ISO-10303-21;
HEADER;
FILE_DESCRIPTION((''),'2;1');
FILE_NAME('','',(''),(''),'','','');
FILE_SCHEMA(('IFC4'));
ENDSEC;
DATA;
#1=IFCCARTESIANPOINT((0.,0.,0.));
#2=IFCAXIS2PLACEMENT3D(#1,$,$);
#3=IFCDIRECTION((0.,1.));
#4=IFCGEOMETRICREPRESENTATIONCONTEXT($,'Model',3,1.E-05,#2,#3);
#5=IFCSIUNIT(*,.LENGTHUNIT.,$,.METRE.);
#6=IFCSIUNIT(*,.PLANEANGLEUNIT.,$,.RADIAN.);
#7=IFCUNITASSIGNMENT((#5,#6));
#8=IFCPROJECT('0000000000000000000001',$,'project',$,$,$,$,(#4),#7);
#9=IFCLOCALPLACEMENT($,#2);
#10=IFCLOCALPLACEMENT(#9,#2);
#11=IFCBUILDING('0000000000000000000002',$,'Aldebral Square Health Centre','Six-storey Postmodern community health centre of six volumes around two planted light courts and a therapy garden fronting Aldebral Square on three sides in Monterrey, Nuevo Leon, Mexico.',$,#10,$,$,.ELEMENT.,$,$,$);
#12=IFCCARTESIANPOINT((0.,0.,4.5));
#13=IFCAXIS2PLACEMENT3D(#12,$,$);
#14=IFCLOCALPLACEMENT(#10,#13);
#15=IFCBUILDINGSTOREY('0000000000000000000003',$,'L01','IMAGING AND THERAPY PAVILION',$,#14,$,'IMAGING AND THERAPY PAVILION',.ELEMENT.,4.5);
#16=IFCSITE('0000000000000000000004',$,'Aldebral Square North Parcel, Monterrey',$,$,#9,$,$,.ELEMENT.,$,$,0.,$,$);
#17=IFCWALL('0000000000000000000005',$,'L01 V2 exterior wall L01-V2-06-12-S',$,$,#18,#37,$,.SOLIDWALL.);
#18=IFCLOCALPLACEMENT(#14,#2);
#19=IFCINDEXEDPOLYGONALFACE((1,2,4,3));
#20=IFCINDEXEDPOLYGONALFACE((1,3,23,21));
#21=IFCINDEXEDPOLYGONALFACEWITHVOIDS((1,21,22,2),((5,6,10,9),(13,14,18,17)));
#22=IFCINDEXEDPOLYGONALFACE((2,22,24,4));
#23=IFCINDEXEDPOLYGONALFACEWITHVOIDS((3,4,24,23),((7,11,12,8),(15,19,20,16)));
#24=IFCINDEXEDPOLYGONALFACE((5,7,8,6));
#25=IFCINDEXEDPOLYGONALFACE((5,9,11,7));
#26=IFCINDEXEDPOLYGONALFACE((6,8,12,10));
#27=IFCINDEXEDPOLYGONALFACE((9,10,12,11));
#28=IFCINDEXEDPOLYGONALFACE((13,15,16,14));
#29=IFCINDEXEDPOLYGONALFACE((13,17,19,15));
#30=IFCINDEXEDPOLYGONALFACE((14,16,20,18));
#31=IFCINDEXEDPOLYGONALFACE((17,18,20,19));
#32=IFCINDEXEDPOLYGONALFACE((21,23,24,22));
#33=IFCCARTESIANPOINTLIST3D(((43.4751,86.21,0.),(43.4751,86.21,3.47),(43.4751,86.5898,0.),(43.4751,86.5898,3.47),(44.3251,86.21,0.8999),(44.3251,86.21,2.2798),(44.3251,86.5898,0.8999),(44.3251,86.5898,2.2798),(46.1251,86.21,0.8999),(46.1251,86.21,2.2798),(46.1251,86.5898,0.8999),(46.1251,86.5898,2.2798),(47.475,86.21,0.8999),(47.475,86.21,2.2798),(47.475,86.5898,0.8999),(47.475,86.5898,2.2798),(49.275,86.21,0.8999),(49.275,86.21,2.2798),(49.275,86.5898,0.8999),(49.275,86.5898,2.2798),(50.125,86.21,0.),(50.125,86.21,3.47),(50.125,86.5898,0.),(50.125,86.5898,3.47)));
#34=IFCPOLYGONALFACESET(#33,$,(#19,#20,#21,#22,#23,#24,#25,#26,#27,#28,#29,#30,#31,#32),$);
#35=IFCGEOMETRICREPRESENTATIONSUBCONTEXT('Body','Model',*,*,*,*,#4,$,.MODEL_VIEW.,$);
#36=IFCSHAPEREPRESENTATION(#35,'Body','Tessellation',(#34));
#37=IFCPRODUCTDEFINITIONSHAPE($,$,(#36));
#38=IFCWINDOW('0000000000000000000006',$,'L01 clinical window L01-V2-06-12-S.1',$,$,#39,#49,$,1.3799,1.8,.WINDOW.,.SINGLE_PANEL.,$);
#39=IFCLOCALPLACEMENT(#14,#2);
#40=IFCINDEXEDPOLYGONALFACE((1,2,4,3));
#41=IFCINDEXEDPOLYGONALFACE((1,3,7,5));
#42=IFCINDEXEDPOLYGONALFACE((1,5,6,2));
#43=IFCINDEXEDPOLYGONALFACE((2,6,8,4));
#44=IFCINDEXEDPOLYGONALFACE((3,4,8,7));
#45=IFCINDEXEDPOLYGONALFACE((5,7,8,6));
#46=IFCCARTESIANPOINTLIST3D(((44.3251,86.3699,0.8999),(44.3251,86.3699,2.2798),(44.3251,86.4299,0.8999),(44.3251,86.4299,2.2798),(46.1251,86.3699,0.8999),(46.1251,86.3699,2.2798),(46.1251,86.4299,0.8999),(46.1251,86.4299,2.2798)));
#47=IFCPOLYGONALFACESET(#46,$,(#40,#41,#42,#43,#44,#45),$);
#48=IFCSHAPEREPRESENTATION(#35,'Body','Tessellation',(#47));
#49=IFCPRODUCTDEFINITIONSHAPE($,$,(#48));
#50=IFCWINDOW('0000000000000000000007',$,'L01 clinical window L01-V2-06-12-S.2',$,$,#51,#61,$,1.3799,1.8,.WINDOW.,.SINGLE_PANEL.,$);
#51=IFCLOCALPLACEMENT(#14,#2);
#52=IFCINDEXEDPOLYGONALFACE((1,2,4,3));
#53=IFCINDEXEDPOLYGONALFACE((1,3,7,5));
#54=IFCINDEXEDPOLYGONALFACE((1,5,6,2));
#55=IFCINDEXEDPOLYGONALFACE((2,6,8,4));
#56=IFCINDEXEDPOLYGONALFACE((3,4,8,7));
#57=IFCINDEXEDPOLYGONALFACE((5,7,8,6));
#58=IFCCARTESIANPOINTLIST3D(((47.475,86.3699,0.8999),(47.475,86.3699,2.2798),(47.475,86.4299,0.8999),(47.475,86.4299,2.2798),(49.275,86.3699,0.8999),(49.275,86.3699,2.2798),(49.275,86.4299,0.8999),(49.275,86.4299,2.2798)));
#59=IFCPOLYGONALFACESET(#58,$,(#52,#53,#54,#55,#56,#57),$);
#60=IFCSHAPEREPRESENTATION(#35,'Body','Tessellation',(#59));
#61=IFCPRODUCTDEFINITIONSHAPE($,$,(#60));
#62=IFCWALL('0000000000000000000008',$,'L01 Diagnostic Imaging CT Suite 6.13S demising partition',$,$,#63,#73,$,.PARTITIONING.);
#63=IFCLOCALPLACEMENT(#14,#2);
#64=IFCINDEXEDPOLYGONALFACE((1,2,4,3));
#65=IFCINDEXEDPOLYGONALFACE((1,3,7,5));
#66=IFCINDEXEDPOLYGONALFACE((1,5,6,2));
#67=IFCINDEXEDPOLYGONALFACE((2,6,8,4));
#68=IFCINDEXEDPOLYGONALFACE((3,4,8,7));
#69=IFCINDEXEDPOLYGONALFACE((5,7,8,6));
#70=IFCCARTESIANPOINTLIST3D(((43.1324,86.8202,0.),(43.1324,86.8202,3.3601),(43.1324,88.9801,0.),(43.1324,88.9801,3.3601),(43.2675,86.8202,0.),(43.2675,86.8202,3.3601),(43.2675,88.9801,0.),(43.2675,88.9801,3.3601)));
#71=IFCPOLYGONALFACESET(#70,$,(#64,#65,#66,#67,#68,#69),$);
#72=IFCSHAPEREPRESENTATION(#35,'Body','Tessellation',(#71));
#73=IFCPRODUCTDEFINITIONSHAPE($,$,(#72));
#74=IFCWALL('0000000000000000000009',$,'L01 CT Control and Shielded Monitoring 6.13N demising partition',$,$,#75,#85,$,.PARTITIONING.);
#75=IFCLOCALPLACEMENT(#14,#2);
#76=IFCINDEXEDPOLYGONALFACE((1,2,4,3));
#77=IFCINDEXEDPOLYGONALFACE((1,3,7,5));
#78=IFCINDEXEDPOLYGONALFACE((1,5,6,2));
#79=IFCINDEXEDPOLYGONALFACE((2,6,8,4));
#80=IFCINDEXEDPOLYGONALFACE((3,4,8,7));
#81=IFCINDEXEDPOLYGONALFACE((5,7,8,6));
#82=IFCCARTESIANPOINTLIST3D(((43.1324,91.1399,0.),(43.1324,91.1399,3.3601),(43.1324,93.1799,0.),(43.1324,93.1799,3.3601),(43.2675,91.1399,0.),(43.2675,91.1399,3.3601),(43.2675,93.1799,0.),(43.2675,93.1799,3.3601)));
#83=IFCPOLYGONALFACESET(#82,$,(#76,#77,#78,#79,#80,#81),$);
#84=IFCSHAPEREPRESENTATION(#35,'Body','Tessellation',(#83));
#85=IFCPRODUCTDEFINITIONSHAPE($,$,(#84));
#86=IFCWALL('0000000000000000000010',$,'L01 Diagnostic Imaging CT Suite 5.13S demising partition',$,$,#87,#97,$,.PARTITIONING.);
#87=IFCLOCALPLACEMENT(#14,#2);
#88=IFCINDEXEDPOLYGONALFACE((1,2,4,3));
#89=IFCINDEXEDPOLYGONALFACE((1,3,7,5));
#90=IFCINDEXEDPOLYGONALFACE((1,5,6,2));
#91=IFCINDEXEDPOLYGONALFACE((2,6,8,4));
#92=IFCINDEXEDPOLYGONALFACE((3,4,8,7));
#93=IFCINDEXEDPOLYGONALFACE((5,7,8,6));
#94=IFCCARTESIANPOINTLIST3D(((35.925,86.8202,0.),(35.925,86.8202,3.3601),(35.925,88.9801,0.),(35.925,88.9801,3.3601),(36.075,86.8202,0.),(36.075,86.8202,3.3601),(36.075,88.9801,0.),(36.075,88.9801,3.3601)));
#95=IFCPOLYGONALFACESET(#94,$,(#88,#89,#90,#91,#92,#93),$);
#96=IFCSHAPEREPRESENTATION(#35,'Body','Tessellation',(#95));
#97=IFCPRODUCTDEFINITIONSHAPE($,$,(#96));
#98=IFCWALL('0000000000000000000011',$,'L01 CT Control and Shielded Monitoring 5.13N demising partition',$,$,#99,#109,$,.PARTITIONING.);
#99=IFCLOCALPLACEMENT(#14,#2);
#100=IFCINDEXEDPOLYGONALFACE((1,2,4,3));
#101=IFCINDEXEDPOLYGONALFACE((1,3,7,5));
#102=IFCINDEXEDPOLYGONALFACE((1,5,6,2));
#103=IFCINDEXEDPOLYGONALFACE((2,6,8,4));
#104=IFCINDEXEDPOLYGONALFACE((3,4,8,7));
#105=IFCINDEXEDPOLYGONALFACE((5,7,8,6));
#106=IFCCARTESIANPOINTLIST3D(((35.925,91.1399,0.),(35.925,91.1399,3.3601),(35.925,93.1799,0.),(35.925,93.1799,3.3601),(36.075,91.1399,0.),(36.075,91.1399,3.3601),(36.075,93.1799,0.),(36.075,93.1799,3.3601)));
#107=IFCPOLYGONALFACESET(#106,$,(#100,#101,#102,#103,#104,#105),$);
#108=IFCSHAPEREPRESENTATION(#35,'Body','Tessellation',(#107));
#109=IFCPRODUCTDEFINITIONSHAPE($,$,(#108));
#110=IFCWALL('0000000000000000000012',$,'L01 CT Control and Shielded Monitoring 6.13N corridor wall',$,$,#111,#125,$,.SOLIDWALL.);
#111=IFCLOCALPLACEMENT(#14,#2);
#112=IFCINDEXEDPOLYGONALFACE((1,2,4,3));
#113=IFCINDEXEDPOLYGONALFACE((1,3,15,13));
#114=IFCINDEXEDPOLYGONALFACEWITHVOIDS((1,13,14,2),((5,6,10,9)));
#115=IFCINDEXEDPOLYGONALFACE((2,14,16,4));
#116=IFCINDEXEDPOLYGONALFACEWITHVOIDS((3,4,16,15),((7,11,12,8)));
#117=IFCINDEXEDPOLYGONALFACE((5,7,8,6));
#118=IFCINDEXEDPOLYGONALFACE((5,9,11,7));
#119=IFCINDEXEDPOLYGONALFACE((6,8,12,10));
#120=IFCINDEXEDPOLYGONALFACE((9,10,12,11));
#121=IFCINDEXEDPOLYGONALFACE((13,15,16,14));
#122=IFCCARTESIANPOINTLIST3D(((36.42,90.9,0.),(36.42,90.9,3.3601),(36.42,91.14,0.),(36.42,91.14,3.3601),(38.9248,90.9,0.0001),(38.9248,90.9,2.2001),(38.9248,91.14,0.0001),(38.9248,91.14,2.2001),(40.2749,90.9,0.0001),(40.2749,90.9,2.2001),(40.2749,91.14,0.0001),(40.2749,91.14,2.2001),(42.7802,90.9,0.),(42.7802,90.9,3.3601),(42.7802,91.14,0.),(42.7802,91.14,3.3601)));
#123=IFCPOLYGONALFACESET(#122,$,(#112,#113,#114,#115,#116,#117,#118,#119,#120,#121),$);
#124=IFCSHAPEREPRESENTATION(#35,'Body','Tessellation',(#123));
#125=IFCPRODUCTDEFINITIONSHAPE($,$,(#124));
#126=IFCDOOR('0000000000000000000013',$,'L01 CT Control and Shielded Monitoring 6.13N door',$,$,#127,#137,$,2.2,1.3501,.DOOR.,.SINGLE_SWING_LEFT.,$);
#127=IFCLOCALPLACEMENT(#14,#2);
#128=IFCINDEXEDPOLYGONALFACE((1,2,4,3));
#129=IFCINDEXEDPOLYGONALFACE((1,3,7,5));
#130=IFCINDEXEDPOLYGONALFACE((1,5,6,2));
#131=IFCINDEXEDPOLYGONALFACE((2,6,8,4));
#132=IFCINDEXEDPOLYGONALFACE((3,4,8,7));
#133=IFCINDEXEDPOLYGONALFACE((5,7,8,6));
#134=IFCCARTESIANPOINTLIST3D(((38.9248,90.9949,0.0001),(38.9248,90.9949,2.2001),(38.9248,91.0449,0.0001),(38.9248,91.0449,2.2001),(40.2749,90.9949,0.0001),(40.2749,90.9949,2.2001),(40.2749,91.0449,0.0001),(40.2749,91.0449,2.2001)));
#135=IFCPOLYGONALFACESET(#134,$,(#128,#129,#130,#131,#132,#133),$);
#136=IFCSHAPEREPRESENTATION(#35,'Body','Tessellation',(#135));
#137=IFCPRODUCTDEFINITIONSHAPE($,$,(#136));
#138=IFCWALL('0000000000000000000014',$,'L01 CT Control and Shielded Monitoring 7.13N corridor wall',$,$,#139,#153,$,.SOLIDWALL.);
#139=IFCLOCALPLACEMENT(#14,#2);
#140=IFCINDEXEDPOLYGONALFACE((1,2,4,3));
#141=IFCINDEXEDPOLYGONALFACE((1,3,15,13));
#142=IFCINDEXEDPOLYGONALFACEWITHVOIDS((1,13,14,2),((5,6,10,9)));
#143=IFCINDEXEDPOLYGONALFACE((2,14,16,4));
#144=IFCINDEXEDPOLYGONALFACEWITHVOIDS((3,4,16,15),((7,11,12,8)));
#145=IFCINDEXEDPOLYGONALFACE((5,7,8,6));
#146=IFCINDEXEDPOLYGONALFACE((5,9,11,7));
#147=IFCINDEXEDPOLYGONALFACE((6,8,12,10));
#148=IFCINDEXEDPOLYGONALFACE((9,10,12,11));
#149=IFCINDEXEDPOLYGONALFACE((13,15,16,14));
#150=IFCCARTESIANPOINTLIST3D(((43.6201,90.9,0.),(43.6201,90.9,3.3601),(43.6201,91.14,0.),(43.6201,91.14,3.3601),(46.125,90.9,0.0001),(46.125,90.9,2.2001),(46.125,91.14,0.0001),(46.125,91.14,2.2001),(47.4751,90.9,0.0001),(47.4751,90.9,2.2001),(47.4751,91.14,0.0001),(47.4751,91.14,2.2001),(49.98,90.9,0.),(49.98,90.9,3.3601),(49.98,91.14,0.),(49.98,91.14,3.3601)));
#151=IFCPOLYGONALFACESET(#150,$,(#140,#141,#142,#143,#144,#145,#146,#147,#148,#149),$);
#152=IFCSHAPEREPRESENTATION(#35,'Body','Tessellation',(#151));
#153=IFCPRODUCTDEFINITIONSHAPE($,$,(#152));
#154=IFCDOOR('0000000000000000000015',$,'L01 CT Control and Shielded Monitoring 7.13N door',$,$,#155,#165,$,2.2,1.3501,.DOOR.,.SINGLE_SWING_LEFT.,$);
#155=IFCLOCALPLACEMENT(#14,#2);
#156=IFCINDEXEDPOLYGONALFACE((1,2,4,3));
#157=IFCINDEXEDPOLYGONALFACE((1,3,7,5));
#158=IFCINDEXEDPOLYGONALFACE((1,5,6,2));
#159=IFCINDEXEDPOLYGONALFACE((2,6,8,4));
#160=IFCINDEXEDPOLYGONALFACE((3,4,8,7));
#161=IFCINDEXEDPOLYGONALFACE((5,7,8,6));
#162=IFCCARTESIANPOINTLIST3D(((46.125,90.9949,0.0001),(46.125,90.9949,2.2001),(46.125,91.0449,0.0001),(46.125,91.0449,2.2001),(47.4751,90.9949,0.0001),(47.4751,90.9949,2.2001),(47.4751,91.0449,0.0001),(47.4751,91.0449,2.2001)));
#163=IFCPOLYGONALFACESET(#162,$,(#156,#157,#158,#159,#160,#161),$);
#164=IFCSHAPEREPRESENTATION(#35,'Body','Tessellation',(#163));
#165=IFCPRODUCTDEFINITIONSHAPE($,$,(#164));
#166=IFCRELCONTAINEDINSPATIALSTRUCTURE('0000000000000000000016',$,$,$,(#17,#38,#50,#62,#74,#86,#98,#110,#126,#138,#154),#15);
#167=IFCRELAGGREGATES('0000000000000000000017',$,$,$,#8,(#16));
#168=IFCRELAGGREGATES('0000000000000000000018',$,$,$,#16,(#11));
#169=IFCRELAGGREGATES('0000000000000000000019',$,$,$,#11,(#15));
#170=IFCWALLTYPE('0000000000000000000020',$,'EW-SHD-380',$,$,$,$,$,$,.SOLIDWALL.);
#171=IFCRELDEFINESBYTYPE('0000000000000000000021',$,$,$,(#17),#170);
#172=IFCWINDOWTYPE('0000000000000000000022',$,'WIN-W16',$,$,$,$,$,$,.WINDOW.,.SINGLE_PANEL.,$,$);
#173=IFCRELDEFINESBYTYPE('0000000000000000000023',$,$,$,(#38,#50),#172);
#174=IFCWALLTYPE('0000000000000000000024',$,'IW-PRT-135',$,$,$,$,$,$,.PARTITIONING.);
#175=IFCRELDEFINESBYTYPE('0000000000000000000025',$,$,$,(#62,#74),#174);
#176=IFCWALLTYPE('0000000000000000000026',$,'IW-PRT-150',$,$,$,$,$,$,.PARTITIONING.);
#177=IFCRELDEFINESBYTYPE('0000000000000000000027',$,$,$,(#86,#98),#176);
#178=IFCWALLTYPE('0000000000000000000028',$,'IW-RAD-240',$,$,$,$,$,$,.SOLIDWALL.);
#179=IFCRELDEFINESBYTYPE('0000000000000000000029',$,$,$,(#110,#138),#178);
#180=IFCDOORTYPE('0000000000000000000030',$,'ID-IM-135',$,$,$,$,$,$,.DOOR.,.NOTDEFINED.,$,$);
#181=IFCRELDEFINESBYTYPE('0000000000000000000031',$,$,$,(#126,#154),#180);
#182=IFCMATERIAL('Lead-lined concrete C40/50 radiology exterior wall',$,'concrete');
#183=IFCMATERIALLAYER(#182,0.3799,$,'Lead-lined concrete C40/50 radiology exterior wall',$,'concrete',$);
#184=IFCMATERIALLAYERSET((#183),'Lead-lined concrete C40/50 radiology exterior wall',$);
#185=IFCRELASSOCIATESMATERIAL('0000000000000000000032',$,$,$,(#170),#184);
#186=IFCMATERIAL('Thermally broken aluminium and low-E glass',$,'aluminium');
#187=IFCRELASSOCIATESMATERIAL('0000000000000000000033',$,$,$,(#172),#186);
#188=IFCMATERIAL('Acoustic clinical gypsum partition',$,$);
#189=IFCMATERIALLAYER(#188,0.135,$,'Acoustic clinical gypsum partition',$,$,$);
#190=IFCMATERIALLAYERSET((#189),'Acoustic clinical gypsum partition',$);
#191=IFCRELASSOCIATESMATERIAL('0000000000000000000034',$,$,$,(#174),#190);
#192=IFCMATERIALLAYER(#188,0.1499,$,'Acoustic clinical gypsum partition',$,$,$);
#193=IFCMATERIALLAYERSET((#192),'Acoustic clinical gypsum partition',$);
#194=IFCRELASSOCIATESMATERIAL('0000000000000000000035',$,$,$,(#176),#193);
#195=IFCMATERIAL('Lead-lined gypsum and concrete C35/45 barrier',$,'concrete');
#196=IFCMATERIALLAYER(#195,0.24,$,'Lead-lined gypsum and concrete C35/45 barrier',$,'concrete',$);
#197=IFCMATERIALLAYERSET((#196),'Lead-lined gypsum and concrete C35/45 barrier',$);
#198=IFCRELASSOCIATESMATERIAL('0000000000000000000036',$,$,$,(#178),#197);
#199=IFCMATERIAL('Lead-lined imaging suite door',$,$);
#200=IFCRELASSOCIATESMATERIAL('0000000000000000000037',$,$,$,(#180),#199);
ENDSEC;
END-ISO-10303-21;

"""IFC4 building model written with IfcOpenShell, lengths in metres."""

from ifc_helpers import new_model, si_unit, direction, frame, frame_2d, origin, place, context, subcontext, project, spatial, rectangle, extrude, material, layer, layer_set, type_object, element, fill, save


model = new_model("IFC4")

# Units and contexts
model_context = context("Model", 3, precision=1e-05, world=origin(), true_north=direction((0.0, 1.0)))
body_context = subcontext(model_context, "Body", "Model", "MODEL_VIEW")
ifc_project = project(units=[si_unit("LENGTHUNIT", "METRE"), si_unit("PLANEANGLEUNIT", "RADIAN")], contexts=[model_context])

# Site, building, storey
site_placement = place(None, origin())
site = spatial("IfcSite", under=ifc_project, at=site_placement, Name="Aldebral Square North Parcel, Monterrey", CompositionType="ELEMENT", RefElevation=0.0)
building_placement = place(site_placement, origin())
building = spatial("IfcBuilding", under=site, at=building_placement, Name="Aldebral Square Health Centre", Description="Six-storey Postmodern community health centre of six volumes around two planted light courts and a therapy garden fronting Aldebral Square on three sides in Monterrey, Nuevo Leon, Mexico.", CompositionType="ELEMENT")
storey_placement = place(building_placement, frame((0.0, 0.0, 4.5)))
storey = spatial("IfcBuildingStorey", under=building, at=storey_placement, Name="L01", Description="IMAGING AND THERAPY PAVILION", LongName="IMAGING AND THERAPY PAVILION", CompositionType="ELEMENT", Elevation=4.5)

# Wall, openings, windows
ifc_material_1 = material(Name="Lead-lined concrete C40/50 radiology exterior wall", Category="concrete")
ifc_layer_1 = layer(ifc_material_1, 0.3799, Name="Lead-lined concrete C40/50 radiology exterior wall", Category="concrete")
ifc_layer_set_1 = layer_set([ifc_layer_1], Name="Lead-lined concrete C40/50 radiology exterior wall")
wall_type_1 = type_object("IfcWallType", Name="EW-SHD-380", PredefinedType="SOLIDWALL", material=ifc_layer_set_1)
ifc_material_2 = material(Name="Thermally broken aluminium and low-E glass", Category="aluminium")
wall_1_placement = place(storey_placement, frame((43.4751, 86.3999, 0.0), z_axis=(0.0, 0.0, 1.0), x_axis=(1.0, 0.0, 0.0)))
wall_1 = element("IfcWall", 1, at=wall_1_placement, inside=storey, type_object=wall_type_1, Name="L01 V2 exterior wall L01-V2-06-12-S", PredefinedType="SOLIDWALL", context=body_context, shape_type="SweptSolid", body=[
    extrude(rectangle(XDim=6.6499, YDim=0.3799, at=frame_2d((3.325, 0.0))), origin(), (0.0, 0.0, 1.0), 3.47),
])
opening_1_placement = place(wall_1_placement, frame((0.8501, 0.0, 0.8999)))
opening_1 = element("IfcOpeningElement", 2, at=opening_1_placement, cuts=wall_1, PredefinedType="OPENING", context=body_context, shape_type="SweptSolid", body=[
    extrude(rectangle(XDim=1.8, YDim=1.3799, at=frame_2d((0.8999, 0.6899))), frame((0.0, 0.2, 0.0), z_axis=(0.0, -1.0, 0.0), x_axis=(1.0, 0.0, 0.0)), (0.0, 0.0, 1.0), 0.3999),
])
opening_2_placement = place(wall_1_placement, frame((4.0, 0.0, 0.8999)))
opening_2 = element("IfcOpeningElement", 3, at=opening_2_placement, cuts=wall_1, PredefinedType="OPENING", context=body_context, shape_type="SweptSolid", body=[
    extrude(rectangle(XDim=1.8, YDim=1.3799, at=frame_2d((0.8999, 0.6899))), frame((0.0, 0.2, 0.0), z_axis=(0.0, -1.0, 0.0), x_axis=(1.0, 0.0, 0.0)), (0.0, 0.0, 1.0), 0.3999),
])
window_type_1 = type_object("IfcWindowType", Name="WIN-W16", PartitioningType="SINGLE_PANEL", PredefinedType="WINDOW", material=ifc_material_2)
window_1_placement = place(opening_1_placement, origin())
window_1 = element("IfcWindow", 4, at=window_1_placement, inside=storey, type_object=window_type_1, Name="L01 clinical window L01-V2-06-12-S.1", OverallHeight=1.3799, OverallWidth=1.8, PartitioningType="SINGLE_PANEL", PredefinedType="WINDOW", context=body_context, shape_type="SweptSolid", body=[
    extrude(rectangle(XDim=1.8, YDim=1.3799, at=frame_2d((0.8999, 0.6899))), frame((0.0, 0.03, 0.0), z_axis=(0.0, -1.0, 0.0), x_axis=(1.0, 0.0, 0.0)), (0.0, 0.0, 1.0), 0.0601),
])
fill(opening_1, window_1)
window_2_placement = place(opening_2_placement, origin())
window_2 = element("IfcWindow", 5, at=window_2_placement, inside=storey, type_object=window_type_1, Name="L01 clinical window L01-V2-06-12-S.2", OverallHeight=1.3799, OverallWidth=1.8, PartitioningType="SINGLE_PANEL", PredefinedType="WINDOW", context=body_context, shape_type="SweptSolid", body=[
    extrude(rectangle(XDim=1.8, YDim=1.3799, at=frame_2d((0.8999, 0.6899))), frame((0.0, 0.03, 0.0), z_axis=(0.0, -1.0, 0.0), x_axis=(1.0, 0.0, 0.0)), (0.0, 0.0, 1.0), 0.0601),
])
fill(opening_2, window_2)

# Walls
ifc_material_3 = material(Name="Acoustic clinical gypsum partition")
ifc_layer_2 = layer(ifc_material_3, 0.135, Name="Acoustic clinical gypsum partition")
ifc_layer_set_2 = layer_set([ifc_layer_2], Name="Acoustic clinical gypsum partition")
wall_type_2 = type_object("IfcWallType", Name="IW-PRT-135", PredefinedType="PARTITIONING", material=ifc_layer_set_2)
wall_2_placement = place(storey_placement, frame((43.2, 86.8201, 0.0), z_axis=(0.0, 0.0, 1.0), x_axis=(0.0, 1.0, 0.0)))
element("IfcWall", 6, at=wall_2_placement, inside=storey, type_object=wall_type_2, Name="L01 Diagnostic Imaging CT Suite 6.13S demising partition", PredefinedType="PARTITIONING", context=body_context, shape_type="SweptSolid", body=[
    extrude(rectangle(XDim=2.1599, YDim=0.135, at=frame_2d((1.0801, 0.0))), origin(), (0.0, 0.0, 1.0), 3.3601),
])
wall_3_placement = place(storey_placement, frame((43.2, 91.1399, 0.0), z_axis=(0.0, 0.0, 1.0), x_axis=(0.0, 1.0, 0.0)))
element("IfcWall", 7, at=wall_3_placement, inside=storey, type_object=wall_type_2, Name="L01 CT Control and Shielded Monitoring 6.13N demising partition", PredefinedType="PARTITIONING", context=body_context, shape_type="SweptSolid", body=[
    extrude(rectangle(XDim=2.04, YDim=0.135, at=frame_2d((1.02, 0.0))), origin(), (0.0, 0.0, 1.0), 3.3601),
])
ifc_layer_3 = layer(ifc_material_3, 0.1499, Name="Acoustic clinical gypsum partition")
ifc_layer_set_3 = layer_set([ifc_layer_3], Name="Acoustic clinical gypsum partition")
wall_type_3 = type_object("IfcWallType", Name="IW-PRT-150", PredefinedType="PARTITIONING", material=ifc_layer_set_3)
wall_4_placement = place(storey_placement, frame((36.0, 86.8201, 0.0), z_axis=(0.0, 0.0, 1.0), x_axis=(0.0, 1.0, 0.0)))
element("IfcWall", 8, at=wall_4_placement, inside=storey, type_object=wall_type_3, Name="L01 Diagnostic Imaging CT Suite 5.13S demising partition", PredefinedType="PARTITIONING", context=body_context, shape_type="SweptSolid", body=[
    extrude(rectangle(XDim=2.1599, YDim=0.1499, at=frame_2d((1.0801, 0.0))), origin(), (0.0, 0.0, 1.0), 3.3601),
])
wall_5_placement = place(storey_placement, frame((36.0, 91.1399, 0.0), z_axis=(0.0, 0.0, 1.0), x_axis=(0.0, 1.0, 0.0)))
element("IfcWall", 9, at=wall_5_placement, inside=storey, type_object=wall_type_3, Name="L01 CT Control and Shielded Monitoring 5.13N demising partition", PredefinedType="PARTITIONING", context=body_context, shape_type="SweptSolid", body=[
    extrude(rectangle(XDim=2.04, YDim=0.1499, at=frame_2d((1.02, 0.0))), origin(), (0.0, 0.0, 1.0), 3.3601),
])

# Walls, openings, doors
ifc_material_4 = material(Name="Lead-lined gypsum and concrete C35/45 barrier", Category="concrete")
ifc_layer_4 = layer(ifc_material_4, 0.24, Name="Lead-lined gypsum and concrete C35/45 barrier", Category="concrete")
ifc_layer_set_4 = layer_set([ifc_layer_4], Name="Lead-lined gypsum and concrete C35/45 barrier")
wall_type_4 = type_object("IfcWallType", Name="IW-RAD-240", PredefinedType="SOLIDWALL", material=ifc_layer_set_4)
wall_6_placement = place(storey_placement, frame((36.4199, 91.02, 0.0), z_axis=(0.0, 0.0, 1.0), x_axis=(1.0, 0.0, 0.0)))
wall_6 = element("IfcWall", 10, at=wall_6_placement, inside=storey, type_object=wall_type_4, Name="L01 CT Control and Shielded Monitoring 6.13N corridor wall", PredefinedType="SOLIDWALL", context=body_context, shape_type="SweptSolid", body=[
    extrude(rectangle(XDim=6.3601, YDim=0.24, at=frame_2d((3.1802, 0.0))), origin(), (0.0, 0.0, 1.0), 3.3601),
])
opening_3_placement = place(wall_6_placement, frame((2.5049, 0.0, 0.0)))
opening_3 = element("IfcOpeningElement", 11, at=opening_3_placement, cuts=wall_6, PredefinedType="OPENING", context=body_context, shape_type="SweptSolid", body=[
    extrude(rectangle(XDim=1.3501, YDim=2.2, at=frame_2d((0.675, 1.1001))), frame((0.0, 0.1299, 0.0), z_axis=(0.0, -1.0, 0.0), x_axis=(1.0, 0.0, 0.0)), (0.0, 0.0, 1.0), 0.26),
])
ifc_material_5 = material(Name="Lead-lined imaging suite door")
door_type_1 = type_object("IfcDoorType", Name="ID-IM-135", OperationType="NOTDEFINED", PredefinedType="DOOR", material=ifc_material_5)
door_1_placement = place(opening_3_placement, origin())
door_1 = element("IfcDoor", 12, at=door_1_placement, inside=storey, type_object=door_type_1, Name="L01 CT Control and Shielded Monitoring 6.13N door", OperationType="SINGLE_SWING_LEFT", OverallHeight=2.2, OverallWidth=1.3501, PredefinedType="DOOR", context=body_context, shape_type="SweptSolid", body=[
    extrude(rectangle(XDim=1.3501, YDim=2.2, at=frame_2d((0.675, 1.1001))), frame((0.0, 0.0249, 0.0), z_axis=(0.0, -1.0, 0.0), x_axis=(1.0, 0.0, 0.0)), (0.0, 0.0, 1.0), 0.05),
])
fill(opening_3, door_1)
wall_7_placement = place(storey_placement, frame((43.6201, 91.02, 0.0), z_axis=(0.0, 0.0, 1.0), x_axis=(1.0, 0.0, 0.0)))
wall_7 = element("IfcWall", 13, at=wall_7_placement, inside=storey, type_object=wall_type_4, Name="L01 CT Control and Shielded Monitoring 7.13N corridor wall", PredefinedType="SOLIDWALL", context=body_context, shape_type="SweptSolid", body=[
    extrude(rectangle(XDim=6.3599, YDim=0.24, at=frame_2d((3.1799, 0.0))), origin(), (0.0, 0.0, 1.0), 3.3601),
])
opening_4_placement = place(wall_7_placement, frame((2.5049, 0.0, 0.0)))
opening_4 = element("IfcOpeningElement", 14, at=opening_4_placement, cuts=wall_7, PredefinedType="OPENING", context=body_context, shape_type="SweptSolid", body=[
    extrude(rectangle(XDim=1.3501, YDim=2.2, at=frame_2d((0.675, 1.1001))), frame((0.0, 0.1299, 0.0), z_axis=(0.0, -1.0, 0.0), x_axis=(1.0, 0.0, 0.0)), (0.0, 0.0, 1.0), 0.26),
])
door_2_placement = place(opening_4_placement, origin())
door_2 = element("IfcDoor", 15, at=door_2_placement, inside=storey, type_object=door_type_1, Name="L01 CT Control and Shielded Monitoring 7.13N door", OperationType="SINGLE_SWING_LEFT", OverallHeight=2.2, OverallWidth=1.3501, PredefinedType="DOOR", context=body_context, shape_type="SweptSolid", body=[
    extrude(rectangle(XDim=1.3501, YDim=2.2, at=frame_2d((0.675, 1.1001))), frame((0.0, 0.0249, 0.0), z_axis=(0.0, -1.0, 0.0), x_axis=(1.0, 0.0, 0.0)), (0.0, 0.0, 1.0), 0.05),
])
fill(opening_4, door_2)

save(model, "model.ifc")
